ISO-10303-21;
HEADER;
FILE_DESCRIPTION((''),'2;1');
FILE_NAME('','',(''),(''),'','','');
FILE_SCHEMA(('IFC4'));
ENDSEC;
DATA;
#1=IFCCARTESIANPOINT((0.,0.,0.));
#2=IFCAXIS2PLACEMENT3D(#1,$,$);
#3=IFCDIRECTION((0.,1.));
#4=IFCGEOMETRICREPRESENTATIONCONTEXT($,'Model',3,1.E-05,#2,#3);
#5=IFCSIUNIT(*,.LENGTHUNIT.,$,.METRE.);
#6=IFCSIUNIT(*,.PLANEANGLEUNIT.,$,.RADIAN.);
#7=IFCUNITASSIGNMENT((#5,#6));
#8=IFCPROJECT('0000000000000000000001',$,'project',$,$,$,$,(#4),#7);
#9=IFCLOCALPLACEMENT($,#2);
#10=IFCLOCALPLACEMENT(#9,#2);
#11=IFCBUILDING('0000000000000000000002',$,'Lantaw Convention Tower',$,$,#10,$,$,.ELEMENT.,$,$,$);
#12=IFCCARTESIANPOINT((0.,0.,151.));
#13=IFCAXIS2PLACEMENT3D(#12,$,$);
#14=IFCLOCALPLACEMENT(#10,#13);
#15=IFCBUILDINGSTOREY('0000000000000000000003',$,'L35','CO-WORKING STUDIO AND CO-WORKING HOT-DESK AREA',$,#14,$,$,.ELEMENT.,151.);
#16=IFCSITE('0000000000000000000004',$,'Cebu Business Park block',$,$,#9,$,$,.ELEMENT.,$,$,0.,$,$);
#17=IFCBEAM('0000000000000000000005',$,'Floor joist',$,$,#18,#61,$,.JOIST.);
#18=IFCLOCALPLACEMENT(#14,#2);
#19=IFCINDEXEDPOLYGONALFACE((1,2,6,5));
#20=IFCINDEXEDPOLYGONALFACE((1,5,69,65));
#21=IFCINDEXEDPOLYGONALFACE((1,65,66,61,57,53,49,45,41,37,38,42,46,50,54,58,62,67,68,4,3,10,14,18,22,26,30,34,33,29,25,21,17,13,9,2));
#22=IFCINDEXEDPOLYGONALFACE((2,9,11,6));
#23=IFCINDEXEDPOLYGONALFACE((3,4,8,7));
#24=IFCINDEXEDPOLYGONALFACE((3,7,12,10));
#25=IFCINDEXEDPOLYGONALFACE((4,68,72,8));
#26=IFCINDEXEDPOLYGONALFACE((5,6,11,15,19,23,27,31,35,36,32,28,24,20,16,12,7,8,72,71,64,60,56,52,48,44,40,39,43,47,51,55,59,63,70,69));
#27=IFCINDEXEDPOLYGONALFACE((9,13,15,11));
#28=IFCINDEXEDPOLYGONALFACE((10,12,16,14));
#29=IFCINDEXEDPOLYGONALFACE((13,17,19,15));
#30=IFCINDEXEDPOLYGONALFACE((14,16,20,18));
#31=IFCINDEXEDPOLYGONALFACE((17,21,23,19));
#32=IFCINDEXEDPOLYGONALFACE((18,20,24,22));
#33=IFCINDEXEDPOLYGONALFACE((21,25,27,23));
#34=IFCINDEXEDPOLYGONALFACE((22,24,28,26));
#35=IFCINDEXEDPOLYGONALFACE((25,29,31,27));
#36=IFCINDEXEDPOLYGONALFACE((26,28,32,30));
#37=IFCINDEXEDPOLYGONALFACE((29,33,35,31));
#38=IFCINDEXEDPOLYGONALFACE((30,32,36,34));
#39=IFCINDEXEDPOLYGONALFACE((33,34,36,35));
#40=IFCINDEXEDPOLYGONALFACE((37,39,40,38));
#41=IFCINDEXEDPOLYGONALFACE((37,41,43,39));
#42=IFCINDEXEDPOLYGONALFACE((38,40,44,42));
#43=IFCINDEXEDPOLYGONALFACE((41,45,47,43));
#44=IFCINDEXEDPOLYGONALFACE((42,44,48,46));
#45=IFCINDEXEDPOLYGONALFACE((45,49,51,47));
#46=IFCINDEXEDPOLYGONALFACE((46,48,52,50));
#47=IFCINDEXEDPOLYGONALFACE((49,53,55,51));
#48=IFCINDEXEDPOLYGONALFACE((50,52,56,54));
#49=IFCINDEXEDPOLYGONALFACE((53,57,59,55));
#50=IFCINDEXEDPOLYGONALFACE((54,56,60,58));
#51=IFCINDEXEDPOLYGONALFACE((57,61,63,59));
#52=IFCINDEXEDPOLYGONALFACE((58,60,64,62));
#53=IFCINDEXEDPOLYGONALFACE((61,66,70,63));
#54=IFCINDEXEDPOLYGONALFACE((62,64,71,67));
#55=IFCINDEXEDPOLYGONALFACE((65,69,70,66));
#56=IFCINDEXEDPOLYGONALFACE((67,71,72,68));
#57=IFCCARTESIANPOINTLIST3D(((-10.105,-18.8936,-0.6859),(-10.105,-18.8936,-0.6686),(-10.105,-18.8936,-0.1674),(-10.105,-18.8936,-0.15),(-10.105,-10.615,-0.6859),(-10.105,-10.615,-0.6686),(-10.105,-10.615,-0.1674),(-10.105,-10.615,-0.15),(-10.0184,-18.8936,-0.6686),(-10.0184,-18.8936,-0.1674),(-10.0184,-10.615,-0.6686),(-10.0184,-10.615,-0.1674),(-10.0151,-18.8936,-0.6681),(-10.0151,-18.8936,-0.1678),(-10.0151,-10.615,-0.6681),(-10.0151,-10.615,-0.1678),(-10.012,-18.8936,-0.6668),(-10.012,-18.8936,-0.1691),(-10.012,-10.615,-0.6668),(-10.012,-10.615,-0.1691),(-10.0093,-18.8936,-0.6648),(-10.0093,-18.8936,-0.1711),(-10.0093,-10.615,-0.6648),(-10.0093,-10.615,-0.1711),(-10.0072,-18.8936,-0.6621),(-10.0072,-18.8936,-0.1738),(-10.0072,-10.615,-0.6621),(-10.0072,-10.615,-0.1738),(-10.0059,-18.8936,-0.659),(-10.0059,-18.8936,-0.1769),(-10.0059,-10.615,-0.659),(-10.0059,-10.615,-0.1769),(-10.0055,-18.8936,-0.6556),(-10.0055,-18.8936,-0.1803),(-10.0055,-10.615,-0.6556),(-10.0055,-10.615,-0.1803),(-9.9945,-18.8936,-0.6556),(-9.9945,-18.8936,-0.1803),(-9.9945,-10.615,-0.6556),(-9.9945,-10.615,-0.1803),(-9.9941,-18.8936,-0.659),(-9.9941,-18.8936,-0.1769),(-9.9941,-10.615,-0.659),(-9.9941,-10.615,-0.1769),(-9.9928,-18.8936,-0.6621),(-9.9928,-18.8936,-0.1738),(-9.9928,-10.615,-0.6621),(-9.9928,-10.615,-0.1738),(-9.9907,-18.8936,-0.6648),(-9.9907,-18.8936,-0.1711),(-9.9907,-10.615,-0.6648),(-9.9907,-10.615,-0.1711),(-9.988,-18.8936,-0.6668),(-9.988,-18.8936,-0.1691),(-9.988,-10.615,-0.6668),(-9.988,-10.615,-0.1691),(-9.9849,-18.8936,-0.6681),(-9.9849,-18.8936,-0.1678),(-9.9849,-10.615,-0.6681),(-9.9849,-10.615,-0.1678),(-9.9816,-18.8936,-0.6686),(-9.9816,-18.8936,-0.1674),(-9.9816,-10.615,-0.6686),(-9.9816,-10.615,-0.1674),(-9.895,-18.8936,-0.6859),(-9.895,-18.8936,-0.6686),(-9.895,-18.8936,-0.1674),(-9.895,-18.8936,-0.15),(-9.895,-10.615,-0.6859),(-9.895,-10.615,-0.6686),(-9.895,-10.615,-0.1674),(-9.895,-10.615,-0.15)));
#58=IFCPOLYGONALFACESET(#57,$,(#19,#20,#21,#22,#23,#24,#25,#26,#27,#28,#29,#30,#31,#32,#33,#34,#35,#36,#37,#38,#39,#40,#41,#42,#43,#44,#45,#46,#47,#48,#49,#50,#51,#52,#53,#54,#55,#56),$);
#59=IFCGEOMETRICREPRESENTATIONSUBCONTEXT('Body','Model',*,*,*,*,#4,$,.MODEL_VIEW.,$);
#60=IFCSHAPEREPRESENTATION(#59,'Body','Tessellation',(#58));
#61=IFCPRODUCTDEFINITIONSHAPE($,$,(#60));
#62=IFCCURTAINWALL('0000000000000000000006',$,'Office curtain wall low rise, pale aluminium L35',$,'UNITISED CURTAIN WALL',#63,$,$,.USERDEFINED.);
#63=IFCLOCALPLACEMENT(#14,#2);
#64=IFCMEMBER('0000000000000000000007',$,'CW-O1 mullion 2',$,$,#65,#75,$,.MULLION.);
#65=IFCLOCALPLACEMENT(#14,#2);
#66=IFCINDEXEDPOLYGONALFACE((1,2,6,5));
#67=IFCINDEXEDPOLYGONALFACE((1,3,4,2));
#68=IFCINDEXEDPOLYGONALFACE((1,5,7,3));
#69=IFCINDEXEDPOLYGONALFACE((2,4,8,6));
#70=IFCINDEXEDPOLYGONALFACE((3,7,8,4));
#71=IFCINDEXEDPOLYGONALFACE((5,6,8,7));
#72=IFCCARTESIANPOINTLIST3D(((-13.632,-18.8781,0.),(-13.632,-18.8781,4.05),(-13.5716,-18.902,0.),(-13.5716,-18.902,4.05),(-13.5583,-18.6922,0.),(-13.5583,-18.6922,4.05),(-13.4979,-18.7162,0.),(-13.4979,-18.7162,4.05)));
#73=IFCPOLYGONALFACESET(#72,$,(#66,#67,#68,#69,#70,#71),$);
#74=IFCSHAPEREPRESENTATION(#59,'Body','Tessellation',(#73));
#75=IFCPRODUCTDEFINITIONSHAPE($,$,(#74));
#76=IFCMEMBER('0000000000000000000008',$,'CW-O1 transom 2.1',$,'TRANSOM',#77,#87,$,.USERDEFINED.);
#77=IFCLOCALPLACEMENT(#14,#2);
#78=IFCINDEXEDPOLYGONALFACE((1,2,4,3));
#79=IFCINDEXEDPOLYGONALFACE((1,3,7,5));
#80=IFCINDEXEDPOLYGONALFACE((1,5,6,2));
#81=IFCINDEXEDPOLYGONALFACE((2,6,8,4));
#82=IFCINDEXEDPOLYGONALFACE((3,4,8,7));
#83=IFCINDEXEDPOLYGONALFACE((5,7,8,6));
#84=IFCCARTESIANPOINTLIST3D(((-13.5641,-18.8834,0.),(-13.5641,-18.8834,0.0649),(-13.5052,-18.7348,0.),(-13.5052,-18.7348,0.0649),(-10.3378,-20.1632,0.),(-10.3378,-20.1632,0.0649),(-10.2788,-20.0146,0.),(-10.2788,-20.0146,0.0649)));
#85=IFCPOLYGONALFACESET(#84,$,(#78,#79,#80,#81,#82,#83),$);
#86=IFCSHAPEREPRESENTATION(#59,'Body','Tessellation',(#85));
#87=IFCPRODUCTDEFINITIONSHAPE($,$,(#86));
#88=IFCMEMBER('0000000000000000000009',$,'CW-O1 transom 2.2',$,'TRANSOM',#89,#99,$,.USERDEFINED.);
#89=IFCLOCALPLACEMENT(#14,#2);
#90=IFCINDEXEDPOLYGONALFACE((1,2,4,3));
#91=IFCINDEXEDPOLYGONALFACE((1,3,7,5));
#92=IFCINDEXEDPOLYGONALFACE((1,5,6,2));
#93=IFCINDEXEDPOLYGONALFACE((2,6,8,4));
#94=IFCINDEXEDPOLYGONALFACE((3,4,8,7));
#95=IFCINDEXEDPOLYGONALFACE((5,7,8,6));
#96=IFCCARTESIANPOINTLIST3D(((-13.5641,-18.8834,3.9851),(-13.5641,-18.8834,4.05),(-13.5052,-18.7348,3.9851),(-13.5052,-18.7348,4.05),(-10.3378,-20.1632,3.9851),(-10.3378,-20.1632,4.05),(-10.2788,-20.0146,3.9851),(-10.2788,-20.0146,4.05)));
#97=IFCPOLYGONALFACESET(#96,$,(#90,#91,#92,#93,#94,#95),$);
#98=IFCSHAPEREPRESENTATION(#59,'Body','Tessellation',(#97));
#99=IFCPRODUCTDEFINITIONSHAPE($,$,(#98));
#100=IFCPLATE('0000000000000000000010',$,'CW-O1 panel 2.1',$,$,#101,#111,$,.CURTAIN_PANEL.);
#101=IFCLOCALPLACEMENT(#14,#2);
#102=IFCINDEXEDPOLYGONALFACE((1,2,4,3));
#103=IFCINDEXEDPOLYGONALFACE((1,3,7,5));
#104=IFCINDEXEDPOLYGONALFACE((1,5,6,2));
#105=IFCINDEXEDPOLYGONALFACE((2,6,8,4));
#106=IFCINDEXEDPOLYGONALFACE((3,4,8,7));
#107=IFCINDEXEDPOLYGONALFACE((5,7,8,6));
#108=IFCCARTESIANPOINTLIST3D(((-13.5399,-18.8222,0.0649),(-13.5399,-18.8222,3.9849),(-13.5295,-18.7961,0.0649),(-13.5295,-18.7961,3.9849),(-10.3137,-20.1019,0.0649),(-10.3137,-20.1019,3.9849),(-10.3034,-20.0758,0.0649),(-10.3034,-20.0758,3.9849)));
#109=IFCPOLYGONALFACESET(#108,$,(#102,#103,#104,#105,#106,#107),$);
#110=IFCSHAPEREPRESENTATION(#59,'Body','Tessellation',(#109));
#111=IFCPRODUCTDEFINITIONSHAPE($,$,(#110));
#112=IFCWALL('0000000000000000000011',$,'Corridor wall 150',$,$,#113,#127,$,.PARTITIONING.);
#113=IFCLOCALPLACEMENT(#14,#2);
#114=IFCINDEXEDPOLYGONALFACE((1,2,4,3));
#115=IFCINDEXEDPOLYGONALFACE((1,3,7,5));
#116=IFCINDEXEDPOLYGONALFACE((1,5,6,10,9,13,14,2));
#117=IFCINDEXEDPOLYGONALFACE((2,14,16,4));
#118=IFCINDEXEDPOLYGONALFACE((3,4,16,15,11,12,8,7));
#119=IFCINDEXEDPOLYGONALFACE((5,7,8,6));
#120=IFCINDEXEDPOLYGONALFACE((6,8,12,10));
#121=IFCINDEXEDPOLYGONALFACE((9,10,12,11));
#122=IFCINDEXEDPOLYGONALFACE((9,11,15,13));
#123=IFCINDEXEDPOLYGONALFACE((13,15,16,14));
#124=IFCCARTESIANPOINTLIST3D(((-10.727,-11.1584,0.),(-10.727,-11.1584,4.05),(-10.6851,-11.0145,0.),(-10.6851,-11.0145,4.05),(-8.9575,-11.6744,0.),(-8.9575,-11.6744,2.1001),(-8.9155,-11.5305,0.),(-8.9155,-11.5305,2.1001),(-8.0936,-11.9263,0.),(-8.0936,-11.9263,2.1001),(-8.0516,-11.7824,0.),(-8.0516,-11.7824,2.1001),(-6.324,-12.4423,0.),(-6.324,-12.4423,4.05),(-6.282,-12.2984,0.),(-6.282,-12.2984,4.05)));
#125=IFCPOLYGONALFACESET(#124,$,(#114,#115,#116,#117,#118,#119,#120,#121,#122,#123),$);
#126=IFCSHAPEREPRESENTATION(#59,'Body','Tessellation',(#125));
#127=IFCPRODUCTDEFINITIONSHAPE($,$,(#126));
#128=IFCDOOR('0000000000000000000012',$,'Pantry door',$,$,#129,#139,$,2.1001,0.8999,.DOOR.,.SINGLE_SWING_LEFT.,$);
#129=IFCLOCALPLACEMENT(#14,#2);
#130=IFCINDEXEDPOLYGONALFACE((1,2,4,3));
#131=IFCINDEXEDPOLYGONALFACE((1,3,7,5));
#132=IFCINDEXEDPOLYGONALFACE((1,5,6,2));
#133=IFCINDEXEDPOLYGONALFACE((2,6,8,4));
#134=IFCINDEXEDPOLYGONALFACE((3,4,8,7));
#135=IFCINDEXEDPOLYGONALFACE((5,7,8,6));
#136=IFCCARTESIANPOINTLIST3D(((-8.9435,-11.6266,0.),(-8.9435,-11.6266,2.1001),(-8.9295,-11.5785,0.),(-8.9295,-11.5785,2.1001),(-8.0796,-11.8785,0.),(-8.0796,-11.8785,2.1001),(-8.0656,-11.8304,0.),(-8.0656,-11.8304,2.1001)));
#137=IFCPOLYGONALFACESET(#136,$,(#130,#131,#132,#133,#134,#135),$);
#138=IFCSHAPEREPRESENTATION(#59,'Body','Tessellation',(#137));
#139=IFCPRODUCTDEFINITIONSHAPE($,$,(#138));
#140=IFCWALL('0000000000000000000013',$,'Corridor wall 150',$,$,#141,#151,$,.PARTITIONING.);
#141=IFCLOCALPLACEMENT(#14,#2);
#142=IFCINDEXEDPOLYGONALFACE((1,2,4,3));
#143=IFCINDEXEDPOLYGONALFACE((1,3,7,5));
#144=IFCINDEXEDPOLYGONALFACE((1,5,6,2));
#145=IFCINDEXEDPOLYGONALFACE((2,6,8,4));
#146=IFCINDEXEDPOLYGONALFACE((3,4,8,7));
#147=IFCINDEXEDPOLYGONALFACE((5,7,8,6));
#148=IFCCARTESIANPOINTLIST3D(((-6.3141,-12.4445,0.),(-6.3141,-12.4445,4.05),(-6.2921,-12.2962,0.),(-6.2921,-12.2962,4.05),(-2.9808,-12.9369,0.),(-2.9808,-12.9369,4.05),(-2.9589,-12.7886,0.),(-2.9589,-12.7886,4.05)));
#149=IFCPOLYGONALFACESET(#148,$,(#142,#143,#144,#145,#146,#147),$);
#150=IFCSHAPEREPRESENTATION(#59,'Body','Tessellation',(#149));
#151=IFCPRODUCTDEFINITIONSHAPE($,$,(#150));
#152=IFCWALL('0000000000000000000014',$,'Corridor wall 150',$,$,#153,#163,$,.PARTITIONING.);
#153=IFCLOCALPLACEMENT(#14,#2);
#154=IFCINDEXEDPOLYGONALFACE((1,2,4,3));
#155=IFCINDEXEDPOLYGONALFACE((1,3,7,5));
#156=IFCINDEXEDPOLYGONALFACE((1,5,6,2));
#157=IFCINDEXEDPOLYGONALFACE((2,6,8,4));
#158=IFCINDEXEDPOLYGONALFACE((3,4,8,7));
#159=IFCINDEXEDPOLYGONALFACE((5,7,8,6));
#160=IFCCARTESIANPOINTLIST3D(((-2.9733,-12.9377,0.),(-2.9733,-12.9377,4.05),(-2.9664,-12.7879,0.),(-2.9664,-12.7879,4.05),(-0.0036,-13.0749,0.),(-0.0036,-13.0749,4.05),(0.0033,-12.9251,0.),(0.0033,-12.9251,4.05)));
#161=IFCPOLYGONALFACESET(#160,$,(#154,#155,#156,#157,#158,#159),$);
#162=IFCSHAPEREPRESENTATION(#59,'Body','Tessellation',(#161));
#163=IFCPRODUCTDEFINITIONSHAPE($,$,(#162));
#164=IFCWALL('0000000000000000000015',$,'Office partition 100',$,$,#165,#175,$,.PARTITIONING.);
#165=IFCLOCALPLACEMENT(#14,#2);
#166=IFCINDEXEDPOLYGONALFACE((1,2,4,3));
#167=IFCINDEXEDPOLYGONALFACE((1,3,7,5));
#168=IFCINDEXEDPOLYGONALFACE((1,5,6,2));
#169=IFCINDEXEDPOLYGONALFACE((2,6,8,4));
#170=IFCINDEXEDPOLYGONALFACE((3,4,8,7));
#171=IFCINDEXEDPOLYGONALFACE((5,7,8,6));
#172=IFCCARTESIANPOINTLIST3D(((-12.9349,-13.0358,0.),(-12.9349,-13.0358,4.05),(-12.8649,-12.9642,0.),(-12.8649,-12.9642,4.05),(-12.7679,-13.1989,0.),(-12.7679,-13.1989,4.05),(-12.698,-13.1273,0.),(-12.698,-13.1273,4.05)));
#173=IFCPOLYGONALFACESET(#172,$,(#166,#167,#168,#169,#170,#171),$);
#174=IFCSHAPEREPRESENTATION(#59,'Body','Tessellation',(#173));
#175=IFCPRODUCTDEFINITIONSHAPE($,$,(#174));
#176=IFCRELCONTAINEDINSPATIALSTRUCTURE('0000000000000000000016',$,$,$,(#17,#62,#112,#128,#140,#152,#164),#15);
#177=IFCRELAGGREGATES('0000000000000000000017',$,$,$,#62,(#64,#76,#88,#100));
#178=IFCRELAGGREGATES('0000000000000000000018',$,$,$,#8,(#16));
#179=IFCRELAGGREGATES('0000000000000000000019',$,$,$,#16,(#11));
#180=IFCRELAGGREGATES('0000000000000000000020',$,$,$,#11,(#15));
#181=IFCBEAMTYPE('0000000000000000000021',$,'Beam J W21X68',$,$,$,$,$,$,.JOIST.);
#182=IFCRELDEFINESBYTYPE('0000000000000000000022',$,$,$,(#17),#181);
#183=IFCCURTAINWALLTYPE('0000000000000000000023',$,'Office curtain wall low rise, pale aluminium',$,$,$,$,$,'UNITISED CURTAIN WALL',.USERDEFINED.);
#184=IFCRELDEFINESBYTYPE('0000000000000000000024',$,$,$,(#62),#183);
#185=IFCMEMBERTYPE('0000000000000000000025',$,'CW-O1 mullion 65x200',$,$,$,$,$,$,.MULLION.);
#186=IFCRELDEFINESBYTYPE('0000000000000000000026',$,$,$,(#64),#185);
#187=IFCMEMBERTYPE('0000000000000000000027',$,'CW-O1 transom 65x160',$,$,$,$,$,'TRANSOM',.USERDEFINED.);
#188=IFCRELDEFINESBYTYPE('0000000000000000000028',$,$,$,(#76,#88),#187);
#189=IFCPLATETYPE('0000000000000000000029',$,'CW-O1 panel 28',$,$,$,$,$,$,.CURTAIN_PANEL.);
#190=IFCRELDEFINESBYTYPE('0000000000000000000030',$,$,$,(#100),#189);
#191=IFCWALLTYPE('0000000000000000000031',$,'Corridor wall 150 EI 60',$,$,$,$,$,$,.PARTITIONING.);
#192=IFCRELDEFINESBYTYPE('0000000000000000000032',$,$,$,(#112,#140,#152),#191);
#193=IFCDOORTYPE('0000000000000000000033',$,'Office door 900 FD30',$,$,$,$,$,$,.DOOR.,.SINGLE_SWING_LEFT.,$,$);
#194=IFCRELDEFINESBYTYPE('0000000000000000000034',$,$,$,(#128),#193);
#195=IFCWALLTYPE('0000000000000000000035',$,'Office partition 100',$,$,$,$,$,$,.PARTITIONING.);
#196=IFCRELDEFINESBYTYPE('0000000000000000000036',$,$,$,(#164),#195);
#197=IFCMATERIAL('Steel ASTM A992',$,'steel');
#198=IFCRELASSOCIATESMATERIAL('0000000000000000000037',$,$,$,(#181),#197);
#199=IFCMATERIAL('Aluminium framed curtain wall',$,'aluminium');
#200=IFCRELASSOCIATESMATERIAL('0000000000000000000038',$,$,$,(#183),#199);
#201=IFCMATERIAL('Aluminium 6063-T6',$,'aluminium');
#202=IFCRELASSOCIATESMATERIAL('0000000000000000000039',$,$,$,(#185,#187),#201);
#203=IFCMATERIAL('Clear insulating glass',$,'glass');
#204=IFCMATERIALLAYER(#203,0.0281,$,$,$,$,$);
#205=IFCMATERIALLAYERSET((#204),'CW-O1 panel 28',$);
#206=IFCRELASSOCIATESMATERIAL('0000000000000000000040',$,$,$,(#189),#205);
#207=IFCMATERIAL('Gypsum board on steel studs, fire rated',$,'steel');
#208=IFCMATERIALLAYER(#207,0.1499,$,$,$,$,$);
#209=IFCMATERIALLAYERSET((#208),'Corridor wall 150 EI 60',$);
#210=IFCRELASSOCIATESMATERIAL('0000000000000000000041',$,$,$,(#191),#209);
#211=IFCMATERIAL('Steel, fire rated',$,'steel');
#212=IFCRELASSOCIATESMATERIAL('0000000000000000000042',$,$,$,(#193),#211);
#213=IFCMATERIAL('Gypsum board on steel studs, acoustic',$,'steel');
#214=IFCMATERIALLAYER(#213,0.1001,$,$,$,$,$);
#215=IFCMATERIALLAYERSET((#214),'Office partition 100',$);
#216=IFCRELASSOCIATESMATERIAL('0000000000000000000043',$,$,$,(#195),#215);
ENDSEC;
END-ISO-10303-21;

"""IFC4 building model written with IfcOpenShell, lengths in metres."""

from ifc_helpers import new_model, si_unit, direction, frame, frame_2d, origin, origin_2d, place, context, subcontext, project, spatial, rectangle, i_section, extrude, material, layer, layer_set, material_profile, profile_set, type_object, element, fill, aggregate, save


model = new_model("IFC4")

# Units and contexts
model_context = context("Model", 3, precision=1e-05, world=origin(), true_north=direction((0.0, 1.0)))
body_context = subcontext(model_context, "Body", "Model", "MODEL_VIEW")
ifc_project = project(units=[si_unit("LENGTHUNIT", "METRE"), si_unit("PLANEANGLEUNIT", "RADIAN")], contexts=[model_context])

# Site, building, storey
site_placement = place(None, origin())
site = spatial("IfcSite", under=ifc_project, at=site_placement, Name="Cebu Business Park block", CompositionType="ELEMENT", RefElevation=0.0)
building_placement = place(site_placement, origin())
building = spatial("IfcBuilding", under=site, at=building_placement, Name="Lantaw Convention Tower", CompositionType="ELEMENT")
storey_placement = place(building_placement, frame((0.0, 0.0, 151.0)))
storey = spatial("IfcBuildingStorey", under=building, at=storey_placement, Name="L35", Description="CO-WORKING STUDIO AND CO-WORKING HOT-DESK AREA", CompositionType="ELEMENT", Elevation=151.0)

# Beam
ifc_material_1 = material(Name="Steel ASTM A992", Category="steel")
ifc_material_profile_1 = material_profile(ifc_material_1, i_section(OverallWidth=0.21, OverallDepth=0.5359, WebThickness=0.011, FlangeThickness=0.0173, FilletRadius=0.0129, at=origin_2d()), Name="W21X68")
ifc_profile_set_1 = profile_set([ifc_material_profile_1], Name="Steel ASTM A992")
beam_type_1 = type_object("IfcBeamType", Name="Beam J W21X68", PredefinedType="JOIST", material=ifc_profile_set_1)
beam_1_placement = place(storey_placement, frame((-10.0, -18.8936, -0.418), z_axis=(0.0, 1.0, 0.0), x_axis=(-1.0, 0.0, 0.0)))
element("IfcBeam", 1, at=beam_1_placement, inside=storey, type_object=beam_type_1, Name="Floor joist", PredefinedType="JOIST", context=body_context, shape_type="SweptSolid", body=[
    extrude(i_section(OverallWidth=0.21, OverallDepth=0.5359, WebThickness=0.011, FlangeThickness=0.0173, FilletRadius=0.0129, at=origin_2d()), origin(), (0.0, 0.0, 1.0), 8.2786),
])

# Curtain wall, members, plate
ifc_material_2 = material(Name="Aluminium framed curtain wall", Category="aluminium")
curtain_wall_type = type_object("IfcCurtainWallType", Name="Office curtain wall low rise, pale aluminium", ElementType="UNITISED CURTAIN WALL", PredefinedType="USERDEFINED", material=ifc_material_2)
curtain_wall_placement = place(storey_placement, origin())
curtain_wall = element("IfcCurtainWall", 2, at=curtain_wall_placement, inside=storey, type_object=curtain_wall_type, Name="Office curtain wall low rise, pale aluminium L35", ObjectType="UNITISED CURTAIN WALL", PredefinedType="USERDEFINED")
ifc_material_3 = material(Name="Aluminium 6063-T6", Category="aluminium")
ifc_material_profile_2 = material_profile(ifc_material_3, rectangle(XDim=0.2, YDim=0.0649, at=origin_2d()), Name="CW-O1 mullion 65x200")
ifc_profile_set_2 = profile_set([ifc_material_profile_2], Name="Aluminium 6063-T6")
member_type_1 = type_object("IfcMemberType", Name="CW-O1 mullion 65x200", PredefinedType="MULLION", material=ifc_profile_set_2)
member_1_placement = place(storey_placement, frame((-13.5649, -18.7971, 0.0), z_axis=(0.0, 0.0, 1.0), x_axis=(0.368702, 0.929548, 0.0)))
member_1 = element("IfcMember", 3, at=member_1_placement, type_object=member_type_1, Name="CW-O1 mullion 2", PredefinedType="MULLION", context=body_context, shape_type="SweptSolid", body=[
    extrude(rectangle(XDim=0.2, YDim=0.0649, at=origin_2d()), origin(), (0.0, 0.0, 1.0), 4.05),
])
ifc_material_profile_3 = material_profile(ifc_material_3, rectangle(XDim=0.1599, YDim=0.0649, at=origin_2d()), Name="CW-O1 transom 65x160")
ifc_profile_set_3 = profile_set([ifc_material_profile_3], Name="Aluminium 6063-T6")
member_type_2 = type_object("IfcMemberType", Name="CW-O1 transom 65x160", ElementType="TRANSOM", PredefinedType="USERDEFINED", material=ifc_profile_set_3)
member_2_placement = place(storey_placement, frame((-13.5347, -18.8091, 0.0325), z_axis=(0.92954, -0.368721, 0.0), x_axis=(0.368721, 0.92954, 0.0)))
member_2 = element("IfcMember", 4, at=member_2_placement, type_object=member_type_2, Name="CW-O1 transom 2.1", ObjectType="TRANSOM", PredefinedType="USERDEFINED", context=body_context, shape_type="SweptSolid", body=[
    extrude(rectangle(XDim=0.1599, YDim=0.0649, at=origin_2d()), origin(), (0.0, 0.0, 1.0), 3.4709),
])
member_3_placement = place(storey_placement, frame((-13.5347, -18.8091, 4.0176), z_axis=(0.92954, -0.368721, 0.0), x_axis=(0.368721, 0.92954, 0.0)))
member_3 = element("IfcMember", 5, at=member_3_placement, type_object=member_type_2, Name="CW-O1 transom 2.2", ObjectType="TRANSOM", PredefinedType="USERDEFINED", context=body_context, shape_type="SweptSolid", body=[
    extrude(rectangle(XDim=0.1599, YDim=0.0649, at=origin_2d()), origin(), (0.0, 0.0, 1.0), 3.4709),
])
ifc_material_4 = material(Name="Clear insulating glass", Category="glass")
ifc_layer_1 = layer(ifc_material_4, 0.0281)
ifc_layer_set_1 = layer_set([ifc_layer_1], Name="CW-O1 panel 28")
plate_type = type_object("IfcPlateType", Name="CW-O1 panel 28", PredefinedType="CURTAIN_PANEL", material=ifc_layer_set_1)
plate_placement = place(storey_placement, frame((-11.9216, -19.449, 0.0649), z_axis=(0.0, 0.0, 1.0), x_axis=(0.929548, -0.368702, 0.0)))
plate = element("IfcPlate", 6, at=plate_placement, type_object=plate_type, Name="CW-O1 panel 2.1", PredefinedType="CURTAIN_PANEL", context=body_context, shape_type="SweptSolid", body=[
    extrude(rectangle(XDim=3.4707, YDim=0.0281, at=origin_2d()), origin(), (0.0, 0.0, 1.0), 3.9199),
])
aggregate(curtain_wall, [member_1, member_2, member_3, plate])

# Wall, opening, door
ifc_material_5 = material(Name="Gypsum board on steel studs, fire rated", Category="steel")
ifc_layer_2 = layer(ifc_material_5, 0.1499)
ifc_layer_set_2 = layer_set([ifc_layer_2], Name="Corridor wall 150 EI 60")
wall_type_1 = type_object("IfcWallType", Name="Corridor wall 150 EI 60", PredefinedType="PARTITIONING", material=ifc_layer_set_2)
wall_1_placement = place(storey_placement, frame((-10.7061, -11.0864, 0.0), z_axis=(0.0, 0.0, 1.0), x_axis=(0.960017, -0.279941, 0.0)))
wall_1 = element("IfcWall", 7, at=wall_1_placement, inside=storey, type_object=wall_type_1, Name="Corridor wall 150", PredefinedType="PARTITIONING", context=body_context, shape_type="SweptSolid", body=[
    extrude(rectangle(XDim=4.5864, YDim=0.1499, at=frame_2d((2.2932, 0.0))), origin(), (0.0, 0.0, 1.0), 4.05),
])
opening_1_placement = place(wall_1_placement, frame((1.8433, 0.0, 0.0)))
opening_1 = element("IfcOpeningElement", 8, at=opening_1_placement, cuts=wall_1, PredefinedType="OPENING", context=body_context, shape_type="SweptSolid", body=[
    extrude(rectangle(XDim=0.8999, YDim=2.1001, at=frame_2d((0.45, 1.05))), frame((0.0, 0.085, 0.0), z_axis=(0.0, -1.0, 0.0), x_axis=(1.0, 0.0, 0.0)), (0.0, 0.0, 1.0), 0.1699),
])
ifc_material_6 = material(Name="Steel, fire rated", Category="steel")
door_type_1 = type_object("IfcDoorType", Name="Office door 900 FD30", OperationType="SINGLE_SWING_LEFT", PredefinedType="DOOR", material=ifc_material_6)
door_1_placement = place(opening_1_placement, origin())
door_1 = element("IfcDoor", 9, at=door_1_placement, inside=storey, type_object=door_type_1, Name="Pantry door", OperationType="SINGLE_SWING_LEFT", OverallHeight=2.1001, OverallWidth=0.8999, PredefinedType="DOOR", context=body_context, shape_type="SweptSolid", body=[
    extrude(rectangle(XDim=0.8999, YDim=2.1001, at=frame_2d((0.45, 1.05))), frame((0.0, 0.0249, 0.0), z_axis=(0.0, -1.0, 0.0), x_axis=(1.0, 0.0, 0.0)), (0.0, 0.0, 1.0), 0.05),
])
fill(opening_1, door_1)

# Walls
wall_2_placement = place(storey_placement, frame((-6.303, -12.3704, 0.0), z_axis=(0.0, 0.0, 1.0), x_axis=(0.989263, -0.146147, 0.0)))
element("IfcWall", 10, at=wall_2_placement, inside=storey, type_object=wall_type_1, Name="Corridor wall 150", PredefinedType="PARTITIONING", context=body_context, shape_type="SweptSolid", body=[
    extrude(rectangle(XDim=3.3694, YDim=0.1499, at=frame_2d((1.6846, 0.0))), origin(), (0.0, 0.0, 1.0), 4.05),
])
wall_3_placement = place(storey_placement, frame((-2.9697, -12.8628, 0.0), z_axis=(0.0, 0.0, 1.0), x_axis=(0.998934, -0.046153, 0.0)))
element("IfcWall", 11, at=wall_3_placement, inside=storey, type_object=wall_type_1, Name="Corridor wall 150", PredefinedType="PARTITIONING", context=body_context, shape_type="SweptSolid", body=[
    extrude(rectangle(XDim=2.9729, YDim=0.1499, at=frame_2d((1.4863, 0.0))), origin(), (0.0, 0.0, 1.0), 4.05),
])
ifc_material_7 = material(Name="Gypsum board on steel studs, acoustic", Category="steel")
ifc_layer_3 = layer(ifc_material_7, 0.1001)
ifc_layer_set_3 = layer_set([ifc_layer_3], Name="Office partition 100")
wall_type_2 = type_object("IfcWallType", Name="Office partition 100", PredefinedType="PARTITIONING", material=ifc_layer_set_3)
wall_4_placement = place(storey_placement, frame((-12.8999, -13.0, 0.0), z_axis=(0.0, 0.0, 1.0), x_axis=(0.715425, -0.69869, 0.0)))
element("IfcWall", 12, at=wall_4_placement, inside=storey, type_object=wall_type_2, Name="Office partition 100", PredefinedType="PARTITIONING", context=body_context, shape_type="SweptSolid", body=[
    extrude(rectangle(XDim=0.2334, YDim=0.1001, at=frame_2d((0.1167, 0.0))), origin(), (0.0, 0.0, 1.0), 4.05),
])

save(model, "model.ifc")
